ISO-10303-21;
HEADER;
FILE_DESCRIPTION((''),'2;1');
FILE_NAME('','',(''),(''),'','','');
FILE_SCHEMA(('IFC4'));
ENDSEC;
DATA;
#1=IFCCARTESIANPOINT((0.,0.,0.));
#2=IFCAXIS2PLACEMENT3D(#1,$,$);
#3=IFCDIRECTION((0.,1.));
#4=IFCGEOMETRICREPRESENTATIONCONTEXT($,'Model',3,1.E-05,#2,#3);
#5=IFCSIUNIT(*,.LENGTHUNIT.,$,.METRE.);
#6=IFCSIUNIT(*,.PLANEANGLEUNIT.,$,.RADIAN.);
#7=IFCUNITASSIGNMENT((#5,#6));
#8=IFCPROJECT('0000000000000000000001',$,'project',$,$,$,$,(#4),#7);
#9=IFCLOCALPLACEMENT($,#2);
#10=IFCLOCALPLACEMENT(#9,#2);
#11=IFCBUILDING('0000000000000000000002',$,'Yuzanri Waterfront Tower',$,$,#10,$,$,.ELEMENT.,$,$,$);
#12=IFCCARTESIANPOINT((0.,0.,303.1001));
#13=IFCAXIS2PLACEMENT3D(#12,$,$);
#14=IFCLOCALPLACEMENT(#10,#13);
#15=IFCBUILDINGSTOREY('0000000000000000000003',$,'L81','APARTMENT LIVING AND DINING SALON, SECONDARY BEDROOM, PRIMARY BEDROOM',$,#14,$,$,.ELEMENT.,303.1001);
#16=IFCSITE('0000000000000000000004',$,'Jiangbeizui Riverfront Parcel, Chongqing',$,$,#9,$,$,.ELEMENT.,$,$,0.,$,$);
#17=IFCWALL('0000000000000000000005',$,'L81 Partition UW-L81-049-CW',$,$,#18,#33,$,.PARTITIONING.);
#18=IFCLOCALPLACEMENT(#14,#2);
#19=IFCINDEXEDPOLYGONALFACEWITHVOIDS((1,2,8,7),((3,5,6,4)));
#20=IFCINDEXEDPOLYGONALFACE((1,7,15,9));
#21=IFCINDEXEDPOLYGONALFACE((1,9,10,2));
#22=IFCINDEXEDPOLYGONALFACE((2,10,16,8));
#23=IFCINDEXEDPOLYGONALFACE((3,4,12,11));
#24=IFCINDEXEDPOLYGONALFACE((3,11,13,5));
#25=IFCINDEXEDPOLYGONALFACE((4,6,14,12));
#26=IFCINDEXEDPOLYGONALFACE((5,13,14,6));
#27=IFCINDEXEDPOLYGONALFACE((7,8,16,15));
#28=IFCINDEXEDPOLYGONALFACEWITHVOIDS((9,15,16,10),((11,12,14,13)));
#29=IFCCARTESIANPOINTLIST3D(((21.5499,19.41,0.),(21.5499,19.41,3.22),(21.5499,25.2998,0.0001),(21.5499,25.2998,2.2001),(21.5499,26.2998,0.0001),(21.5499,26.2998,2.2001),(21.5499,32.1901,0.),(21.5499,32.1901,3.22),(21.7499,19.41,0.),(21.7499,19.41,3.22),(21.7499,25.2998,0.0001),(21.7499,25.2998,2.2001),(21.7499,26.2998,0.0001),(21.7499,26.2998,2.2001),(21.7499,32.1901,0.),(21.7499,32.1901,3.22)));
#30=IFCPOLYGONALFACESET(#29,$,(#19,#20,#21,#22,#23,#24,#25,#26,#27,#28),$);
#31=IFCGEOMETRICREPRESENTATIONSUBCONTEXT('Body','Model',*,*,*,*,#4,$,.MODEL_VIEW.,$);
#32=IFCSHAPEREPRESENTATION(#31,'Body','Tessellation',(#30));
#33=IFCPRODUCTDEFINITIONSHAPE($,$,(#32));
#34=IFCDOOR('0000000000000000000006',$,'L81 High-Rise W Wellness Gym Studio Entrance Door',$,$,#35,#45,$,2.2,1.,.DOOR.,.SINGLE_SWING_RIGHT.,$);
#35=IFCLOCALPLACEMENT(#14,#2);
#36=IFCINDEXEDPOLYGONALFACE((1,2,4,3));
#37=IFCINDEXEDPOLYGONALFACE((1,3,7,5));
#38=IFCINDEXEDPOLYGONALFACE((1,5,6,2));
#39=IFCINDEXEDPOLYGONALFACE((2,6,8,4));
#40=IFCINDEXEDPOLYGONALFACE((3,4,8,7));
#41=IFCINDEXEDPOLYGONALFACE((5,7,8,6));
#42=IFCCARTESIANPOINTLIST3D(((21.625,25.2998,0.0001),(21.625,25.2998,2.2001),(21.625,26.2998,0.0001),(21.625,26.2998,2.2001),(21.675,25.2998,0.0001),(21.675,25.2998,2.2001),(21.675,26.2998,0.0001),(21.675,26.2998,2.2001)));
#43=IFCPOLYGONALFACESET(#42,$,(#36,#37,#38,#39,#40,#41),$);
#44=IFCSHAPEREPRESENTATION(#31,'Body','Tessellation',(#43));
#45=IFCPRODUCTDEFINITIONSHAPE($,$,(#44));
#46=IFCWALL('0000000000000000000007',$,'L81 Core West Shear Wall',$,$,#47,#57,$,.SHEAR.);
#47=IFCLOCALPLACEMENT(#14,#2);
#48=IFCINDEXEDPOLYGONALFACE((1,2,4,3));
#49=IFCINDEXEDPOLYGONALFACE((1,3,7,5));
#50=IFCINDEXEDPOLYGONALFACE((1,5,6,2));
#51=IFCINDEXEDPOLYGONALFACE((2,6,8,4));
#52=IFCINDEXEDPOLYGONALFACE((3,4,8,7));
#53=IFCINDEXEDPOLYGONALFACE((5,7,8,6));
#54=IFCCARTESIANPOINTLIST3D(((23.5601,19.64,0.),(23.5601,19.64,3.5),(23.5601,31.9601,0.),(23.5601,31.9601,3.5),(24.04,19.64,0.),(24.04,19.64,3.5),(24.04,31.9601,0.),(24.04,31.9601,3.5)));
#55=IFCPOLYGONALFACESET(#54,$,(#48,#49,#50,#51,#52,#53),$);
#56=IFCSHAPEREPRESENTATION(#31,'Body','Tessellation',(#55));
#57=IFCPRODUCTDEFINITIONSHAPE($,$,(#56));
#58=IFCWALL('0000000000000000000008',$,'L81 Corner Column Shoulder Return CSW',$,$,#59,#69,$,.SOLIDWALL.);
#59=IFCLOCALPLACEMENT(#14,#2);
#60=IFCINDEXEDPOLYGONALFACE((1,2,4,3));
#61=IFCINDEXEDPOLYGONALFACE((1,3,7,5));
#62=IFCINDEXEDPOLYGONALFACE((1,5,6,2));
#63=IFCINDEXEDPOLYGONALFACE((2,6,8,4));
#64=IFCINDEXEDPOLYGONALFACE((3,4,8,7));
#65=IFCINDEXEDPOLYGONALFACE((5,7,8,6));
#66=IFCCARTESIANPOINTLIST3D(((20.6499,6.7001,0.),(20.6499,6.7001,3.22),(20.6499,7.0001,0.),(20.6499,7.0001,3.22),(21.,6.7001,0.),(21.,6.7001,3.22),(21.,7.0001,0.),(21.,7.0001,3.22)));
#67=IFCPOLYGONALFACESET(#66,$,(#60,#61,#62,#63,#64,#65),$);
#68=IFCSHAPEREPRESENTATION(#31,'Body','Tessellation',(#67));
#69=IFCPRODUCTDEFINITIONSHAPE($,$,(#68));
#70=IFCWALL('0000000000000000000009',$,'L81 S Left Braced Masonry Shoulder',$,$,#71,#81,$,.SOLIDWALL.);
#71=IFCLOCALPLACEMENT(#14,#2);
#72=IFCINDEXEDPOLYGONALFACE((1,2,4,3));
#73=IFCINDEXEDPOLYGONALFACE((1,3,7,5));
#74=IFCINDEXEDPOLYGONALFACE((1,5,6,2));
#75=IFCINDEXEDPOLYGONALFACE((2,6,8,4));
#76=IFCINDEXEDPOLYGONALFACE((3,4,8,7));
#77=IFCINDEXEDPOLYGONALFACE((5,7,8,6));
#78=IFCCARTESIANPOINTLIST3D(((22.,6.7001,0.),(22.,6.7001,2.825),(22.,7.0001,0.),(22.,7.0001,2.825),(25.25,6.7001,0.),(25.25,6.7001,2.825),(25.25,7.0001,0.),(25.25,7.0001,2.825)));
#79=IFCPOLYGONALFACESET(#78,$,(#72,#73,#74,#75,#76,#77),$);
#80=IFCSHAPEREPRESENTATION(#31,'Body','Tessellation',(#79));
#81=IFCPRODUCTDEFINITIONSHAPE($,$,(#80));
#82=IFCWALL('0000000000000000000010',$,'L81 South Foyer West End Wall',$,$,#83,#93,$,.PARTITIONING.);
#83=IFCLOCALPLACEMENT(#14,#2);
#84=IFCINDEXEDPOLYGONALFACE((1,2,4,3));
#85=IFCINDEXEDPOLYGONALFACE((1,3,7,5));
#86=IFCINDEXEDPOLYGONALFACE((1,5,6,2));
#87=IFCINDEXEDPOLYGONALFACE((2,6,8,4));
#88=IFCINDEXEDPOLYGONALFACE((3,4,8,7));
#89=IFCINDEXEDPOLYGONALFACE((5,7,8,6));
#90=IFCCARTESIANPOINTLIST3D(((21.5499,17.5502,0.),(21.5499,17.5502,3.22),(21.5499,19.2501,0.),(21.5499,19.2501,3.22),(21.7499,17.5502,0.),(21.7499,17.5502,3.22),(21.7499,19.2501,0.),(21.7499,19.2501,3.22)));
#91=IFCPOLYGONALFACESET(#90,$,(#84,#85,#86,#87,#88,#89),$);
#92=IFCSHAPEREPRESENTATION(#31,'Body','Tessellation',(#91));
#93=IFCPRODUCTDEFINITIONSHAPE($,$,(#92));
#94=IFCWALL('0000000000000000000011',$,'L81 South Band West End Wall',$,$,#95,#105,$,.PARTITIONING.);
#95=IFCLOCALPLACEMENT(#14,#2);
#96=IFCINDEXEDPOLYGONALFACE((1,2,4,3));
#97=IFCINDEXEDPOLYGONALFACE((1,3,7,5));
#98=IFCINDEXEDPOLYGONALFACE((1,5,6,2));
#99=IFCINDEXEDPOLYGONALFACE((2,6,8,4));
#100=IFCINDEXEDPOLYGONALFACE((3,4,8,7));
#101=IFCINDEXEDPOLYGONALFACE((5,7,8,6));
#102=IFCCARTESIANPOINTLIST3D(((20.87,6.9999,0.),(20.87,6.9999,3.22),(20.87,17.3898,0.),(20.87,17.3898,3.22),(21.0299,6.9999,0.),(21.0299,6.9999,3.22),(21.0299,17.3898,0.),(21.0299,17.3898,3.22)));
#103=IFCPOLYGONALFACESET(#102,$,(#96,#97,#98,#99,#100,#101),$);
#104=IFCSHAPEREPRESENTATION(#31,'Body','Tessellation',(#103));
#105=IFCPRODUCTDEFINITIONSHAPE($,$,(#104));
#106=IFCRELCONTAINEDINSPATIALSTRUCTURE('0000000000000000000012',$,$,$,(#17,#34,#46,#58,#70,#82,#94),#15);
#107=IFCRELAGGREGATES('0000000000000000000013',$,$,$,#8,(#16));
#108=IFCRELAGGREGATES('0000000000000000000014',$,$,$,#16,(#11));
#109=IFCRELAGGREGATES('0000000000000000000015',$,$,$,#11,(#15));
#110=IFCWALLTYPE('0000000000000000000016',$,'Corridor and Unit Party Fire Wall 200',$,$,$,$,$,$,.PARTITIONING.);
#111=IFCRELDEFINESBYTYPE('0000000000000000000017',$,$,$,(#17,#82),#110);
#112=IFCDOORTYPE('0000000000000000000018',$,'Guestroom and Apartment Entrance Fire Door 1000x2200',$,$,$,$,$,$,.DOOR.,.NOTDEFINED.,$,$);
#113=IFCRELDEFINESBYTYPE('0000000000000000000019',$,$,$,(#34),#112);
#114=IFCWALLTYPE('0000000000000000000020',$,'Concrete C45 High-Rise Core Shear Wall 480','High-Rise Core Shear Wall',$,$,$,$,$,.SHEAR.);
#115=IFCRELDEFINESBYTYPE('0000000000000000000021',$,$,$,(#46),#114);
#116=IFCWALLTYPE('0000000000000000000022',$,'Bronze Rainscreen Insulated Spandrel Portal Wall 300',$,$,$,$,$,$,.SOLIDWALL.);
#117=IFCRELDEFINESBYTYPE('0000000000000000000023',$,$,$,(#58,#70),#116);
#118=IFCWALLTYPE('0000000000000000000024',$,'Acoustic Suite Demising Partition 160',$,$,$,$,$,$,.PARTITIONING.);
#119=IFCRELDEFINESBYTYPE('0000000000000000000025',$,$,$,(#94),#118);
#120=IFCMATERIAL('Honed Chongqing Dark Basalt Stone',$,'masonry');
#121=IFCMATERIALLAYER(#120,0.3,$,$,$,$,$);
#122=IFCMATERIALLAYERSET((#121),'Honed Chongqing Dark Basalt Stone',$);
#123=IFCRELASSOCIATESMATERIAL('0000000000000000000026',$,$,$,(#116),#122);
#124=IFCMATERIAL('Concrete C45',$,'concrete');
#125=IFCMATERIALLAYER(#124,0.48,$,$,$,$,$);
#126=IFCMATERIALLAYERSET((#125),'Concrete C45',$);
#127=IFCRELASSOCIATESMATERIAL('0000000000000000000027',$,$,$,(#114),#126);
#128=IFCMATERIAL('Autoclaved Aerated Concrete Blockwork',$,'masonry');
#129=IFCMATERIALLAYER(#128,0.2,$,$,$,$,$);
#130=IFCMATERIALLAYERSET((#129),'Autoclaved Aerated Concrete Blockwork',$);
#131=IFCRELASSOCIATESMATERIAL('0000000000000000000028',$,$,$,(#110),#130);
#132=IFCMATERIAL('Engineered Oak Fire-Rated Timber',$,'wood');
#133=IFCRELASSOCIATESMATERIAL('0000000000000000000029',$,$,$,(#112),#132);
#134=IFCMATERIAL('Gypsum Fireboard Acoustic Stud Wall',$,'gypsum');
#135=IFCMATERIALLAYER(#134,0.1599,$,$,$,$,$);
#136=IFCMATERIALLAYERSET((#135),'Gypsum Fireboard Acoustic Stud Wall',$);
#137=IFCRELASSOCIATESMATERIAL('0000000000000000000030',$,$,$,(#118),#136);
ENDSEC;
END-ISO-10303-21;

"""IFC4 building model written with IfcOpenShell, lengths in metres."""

from ifc_helpers import new_model, si_unit, direction, frame, frame_2d, origin, place, context, subcontext, project, spatial, rectangle, extrude, source, transform, mapped, material, layer, layer_set, type_object, element, fill, save


model = new_model("IFC4")

# Units and contexts
model_context = context("Model", 3, precision=1e-05, world=origin(), true_north=direction((0.0, 1.0)))
body_context = subcontext(model_context, "Body", "Model", "MODEL_VIEW")
ifc_project = project(units=[si_unit("LENGTHUNIT", "METRE"), si_unit("PLANEANGLEUNIT", "RADIAN")], contexts=[model_context])

# Site, building, storey
site_placement = place(None, origin())
site = spatial("IfcSite", under=ifc_project, at=site_placement, Name="Jiangbeizui Riverfront Parcel, Chongqing", CompositionType="ELEMENT", RefElevation=0.0)
building_placement = place(site_placement, origin())
building = spatial("IfcBuilding", under=site, at=building_placement, Name="Yuzanri Waterfront Tower", CompositionType="ELEMENT")
storey_placement = place(building_placement, frame((0.0, 0.0, 303.1001)))
storey = spatial("IfcBuildingStorey", under=building, at=storey_placement, Name="L81", Description="APARTMENT LIVING AND DINING SALON, SECONDARY BEDROOM, PRIMARY BEDROOM", CompositionType="ELEMENT", Elevation=303.1001)

# Shared definitions
ifc_material_1 = material(Name="Honed Chongqing Dark Basalt Stone", Category="masonry")
ifc_layer_1 = layer(ifc_material_1, 0.3)
ifc_layer_set_1 = layer_set([ifc_layer_1], Name="Honed Chongqing Dark Basalt Stone")
wall_type_1 = type_object("IfcWallType", Name="Bronze Rainscreen Insulated Spandrel Portal Wall 300", PredefinedType="SOLIDWALL", material=ifc_layer_set_1)

# Shared definitions
ifc_material_2 = material(Name="Concrete C45", Category="concrete")
ifc_layer_2 = layer(ifc_material_2, 0.48)
ifc_layer_set_2 = layer_set([ifc_layer_2], Name="Concrete C45")
wall_type_2 = type_object("IfcWallType", Name="Concrete C45 High-Rise Core Shear Wall 480", Description="High-Rise Core Shear Wall", PredefinedType="SHEAR", material=ifc_layer_set_2)

# Wall, opening, door
ifc_material_3 = material(Name="Autoclaved Aerated Concrete Blockwork", Category="masonry")
ifc_layer_3 = layer(ifc_material_3, 0.2)
ifc_layer_set_3 = layer_set([ifc_layer_3], Name="Autoclaved Aerated Concrete Blockwork")
wall_type_3 = type_object("IfcWallType", Name="Corridor and Unit Party Fire Wall 200", PredefinedType="PARTITIONING", material=ifc_layer_set_3)
ifc_material_4 = material(Name="Engineered Oak Fire-Rated Timber", Category="wood")
door_type_1 = type_object("IfcDoorType", Name="Guestroom and Apartment Entrance Fire Door 1000x2200", OperationType="NOTDEFINED", PredefinedType="DOOR", material=ifc_material_4)
shared_shape_1 = source(origin(), body_context, "Body", "SweptSolid", [
    extrude(rectangle(XDim=1.0, YDim=2.2, at=frame_2d((0.5, 1.1001))), frame((0.0, 0.0249, 0.0), z_axis=(0.0, -1.0, 0.0), x_axis=(1.0, 0.0, 0.0)), (0.0, 0.0, 1.0), 0.05),
])
wall_1_placement = place(storey_placement, frame((21.6499, 19.4099, 0.0), z_axis=(0.0, 0.0, 1.0), x_axis=(0.0, 1.0, 0.0)))
wall_1 = element("IfcWall", 1, at=wall_1_placement, inside=storey, type_object=wall_type_3, Name="L81 Partition UW-L81-049-CW", PredefinedType="PARTITIONING", context=body_context, shape_type="SweptSolid", body=[
    extrude(rectangle(XDim=12.78, YDim=0.2, at=frame_2d((6.3901, 0.0))), origin(), (0.0, 0.0, 1.0), 3.22),
])
opening_1_placement = place(wall_1_placement, frame((5.8899, 0.0, 0.0)))
opening_1 = element("IfcOpeningElement", 2, at=opening_1_placement, cuts=wall_1, PredefinedType="OPENING", context=body_context, shape_type="SweptSolid", body=[
    extrude(rectangle(XDim=1.0, YDim=2.2, at=frame_2d((0.5, 1.1001))), frame((0.0, 0.1147, 0.0), z_axis=(0.0, -1.0, 0.0), x_axis=(1.0, 0.0, 0.0)), (0.0, 0.0, 1.0), 0.2297),
])
door_1_placement = place(opening_1_placement, origin())
door_1 = element("IfcDoor", 3, at=door_1_placement, inside=storey, type_object=door_type_1, Name="L81 High-Rise W Wellness Gym Studio Entrance Door", OperationType="SINGLE_SWING_RIGHT", OverallHeight=2.2, OverallWidth=1.0, PredefinedType="DOOR", context=body_context, shape_type="MappedRepresentation", body=[
    mapped(shared_shape_1, transform((0.0, 0.0, 0.0), scale=1.0)),
])
fill(opening_1, door_1)

# Walls
shared_shape_2 = source(origin(), body_context, "Body", "SweptSolid", [
    extrude(rectangle(XDim=12.3201, YDim=0.48, at=frame_2d((6.1602, 0.0))), origin(), (0.0, 0.0, 1.0), 3.5),
])
wall_2_placement = place(storey_placement, frame((23.8, 19.6399, 0.0), z_axis=(0.0, 0.0, 1.0), x_axis=(0.0, 1.0, 0.0)))
element("IfcWall", 4, at=wall_2_placement, inside=storey, type_object=wall_type_2, Name="L81 Core West Shear Wall", PredefinedType="SHEAR", context=body_context, shape_type="MappedRepresentation", body=[
    mapped(shared_shape_2, transform((0.0, 0.0, 0.0), scale=1.0)),
])
shared_shape_3 = source(origin(), body_context, "Body", "SweptSolid", [
    extrude(rectangle(XDim=0.3501, YDim=0.3, at=frame_2d((0.175, 0.0))), origin(), (0.0, 0.0, 1.0), 3.22),
])
wall_3_placement = place(storey_placement, frame((20.6499, 6.8501, 0.0), z_axis=(0.0, 0.0, 1.0), x_axis=(1.0, 0.0, 0.0)))
element("IfcWall", 5, at=wall_3_placement, inside=storey, type_object=wall_type_1, Name="L81 Corner Column Shoulder Return CSW", PredefinedType="SOLIDWALL", context=body_context, shape_type="MappedRepresentation", body=[
    mapped(shared_shape_3, transform((0.0, 0.0, 0.0), scale=1.0)),
])
shared_shape_4 = source(origin(), body_context, "Body", "SweptSolid", [
    extrude(rectangle(XDim=3.25, YDim=0.3, at=frame_2d((1.625, 0.0))), origin(), (0.0, 0.0, 1.0), 2.825),
])
wall_4_placement = place(storey_placement, frame((22.0, 6.8501, 0.0), z_axis=(0.0, 0.0, 1.0), x_axis=(1.0, 0.0, 0.0)))
element("IfcWall", 6, at=wall_4_placement, inside=storey, type_object=wall_type_1, Name="L81 S Left Braced Masonry Shoulder", PredefinedType="SOLIDWALL", context=body_context, shape_type="MappedRepresentation", body=[
    mapped(shared_shape_4, transform((0.0, 0.0, 0.0), scale=1.0)),
])
shared_shape_5 = source(origin(), body_context, "Body", "SweptSolid", [
    extrude(rectangle(XDim=1.7, YDim=0.2, at=frame_2d((0.8501, 0.0))), origin(), (0.0, 0.0, 1.0), 3.22),
])
wall_5_placement = place(storey_placement, frame((21.6499, 17.55, 0.0), z_axis=(0.0, 0.0, 1.0), x_axis=(0.0, 1.0, 0.0)))
element("IfcWall", 7, at=wall_5_placement, inside=storey, type_object=wall_type_3, Name="L81 South Foyer West End Wall", PredefinedType="PARTITIONING", context=body_context, shape_type="MappedRepresentation", body=[
    mapped(shared_shape_5, transform((0.0, 0.0, 0.0), scale=1.0)),
])
ifc_material_5 = material(Name="Gypsum Fireboard Acoustic Stud Wall", Category="gypsum")
ifc_layer_4 = layer(ifc_material_5, 0.1599)
ifc_layer_set_4 = layer_set([ifc_layer_4], Name="Gypsum Fireboard Acoustic Stud Wall")
wall_type_4 = type_object("IfcWallType", Name="Acoustic Suite Demising Partition 160", PredefinedType="PARTITIONING", material=ifc_layer_set_4)
shared_shape_6 = source(origin(), body_context, "Body", "SweptSolid", [
    extrude(rectangle(XDim=10.3899, YDim=0.1599, at=frame_2d((5.1948, 0.0))), origin(), (0.0, 0.0, 1.0), 3.22),
])
wall_6_placement = place(storey_placement, frame((20.95, 7.0, 0.0), z_axis=(0.0, 0.0, 1.0), x_axis=(0.0, 1.0, 0.0)))
element("IfcWall", 8, at=wall_6_placement, inside=storey, type_object=wall_type_4, Name="L81 South Band West End Wall", PredefinedType="PARTITIONING", context=body_context, shape_type="MappedRepresentation", body=[
    mapped(shared_shape_6, transform((0.0, 0.0, 0.0), scale=1.0)),
])

save(model, "model.ifc")
